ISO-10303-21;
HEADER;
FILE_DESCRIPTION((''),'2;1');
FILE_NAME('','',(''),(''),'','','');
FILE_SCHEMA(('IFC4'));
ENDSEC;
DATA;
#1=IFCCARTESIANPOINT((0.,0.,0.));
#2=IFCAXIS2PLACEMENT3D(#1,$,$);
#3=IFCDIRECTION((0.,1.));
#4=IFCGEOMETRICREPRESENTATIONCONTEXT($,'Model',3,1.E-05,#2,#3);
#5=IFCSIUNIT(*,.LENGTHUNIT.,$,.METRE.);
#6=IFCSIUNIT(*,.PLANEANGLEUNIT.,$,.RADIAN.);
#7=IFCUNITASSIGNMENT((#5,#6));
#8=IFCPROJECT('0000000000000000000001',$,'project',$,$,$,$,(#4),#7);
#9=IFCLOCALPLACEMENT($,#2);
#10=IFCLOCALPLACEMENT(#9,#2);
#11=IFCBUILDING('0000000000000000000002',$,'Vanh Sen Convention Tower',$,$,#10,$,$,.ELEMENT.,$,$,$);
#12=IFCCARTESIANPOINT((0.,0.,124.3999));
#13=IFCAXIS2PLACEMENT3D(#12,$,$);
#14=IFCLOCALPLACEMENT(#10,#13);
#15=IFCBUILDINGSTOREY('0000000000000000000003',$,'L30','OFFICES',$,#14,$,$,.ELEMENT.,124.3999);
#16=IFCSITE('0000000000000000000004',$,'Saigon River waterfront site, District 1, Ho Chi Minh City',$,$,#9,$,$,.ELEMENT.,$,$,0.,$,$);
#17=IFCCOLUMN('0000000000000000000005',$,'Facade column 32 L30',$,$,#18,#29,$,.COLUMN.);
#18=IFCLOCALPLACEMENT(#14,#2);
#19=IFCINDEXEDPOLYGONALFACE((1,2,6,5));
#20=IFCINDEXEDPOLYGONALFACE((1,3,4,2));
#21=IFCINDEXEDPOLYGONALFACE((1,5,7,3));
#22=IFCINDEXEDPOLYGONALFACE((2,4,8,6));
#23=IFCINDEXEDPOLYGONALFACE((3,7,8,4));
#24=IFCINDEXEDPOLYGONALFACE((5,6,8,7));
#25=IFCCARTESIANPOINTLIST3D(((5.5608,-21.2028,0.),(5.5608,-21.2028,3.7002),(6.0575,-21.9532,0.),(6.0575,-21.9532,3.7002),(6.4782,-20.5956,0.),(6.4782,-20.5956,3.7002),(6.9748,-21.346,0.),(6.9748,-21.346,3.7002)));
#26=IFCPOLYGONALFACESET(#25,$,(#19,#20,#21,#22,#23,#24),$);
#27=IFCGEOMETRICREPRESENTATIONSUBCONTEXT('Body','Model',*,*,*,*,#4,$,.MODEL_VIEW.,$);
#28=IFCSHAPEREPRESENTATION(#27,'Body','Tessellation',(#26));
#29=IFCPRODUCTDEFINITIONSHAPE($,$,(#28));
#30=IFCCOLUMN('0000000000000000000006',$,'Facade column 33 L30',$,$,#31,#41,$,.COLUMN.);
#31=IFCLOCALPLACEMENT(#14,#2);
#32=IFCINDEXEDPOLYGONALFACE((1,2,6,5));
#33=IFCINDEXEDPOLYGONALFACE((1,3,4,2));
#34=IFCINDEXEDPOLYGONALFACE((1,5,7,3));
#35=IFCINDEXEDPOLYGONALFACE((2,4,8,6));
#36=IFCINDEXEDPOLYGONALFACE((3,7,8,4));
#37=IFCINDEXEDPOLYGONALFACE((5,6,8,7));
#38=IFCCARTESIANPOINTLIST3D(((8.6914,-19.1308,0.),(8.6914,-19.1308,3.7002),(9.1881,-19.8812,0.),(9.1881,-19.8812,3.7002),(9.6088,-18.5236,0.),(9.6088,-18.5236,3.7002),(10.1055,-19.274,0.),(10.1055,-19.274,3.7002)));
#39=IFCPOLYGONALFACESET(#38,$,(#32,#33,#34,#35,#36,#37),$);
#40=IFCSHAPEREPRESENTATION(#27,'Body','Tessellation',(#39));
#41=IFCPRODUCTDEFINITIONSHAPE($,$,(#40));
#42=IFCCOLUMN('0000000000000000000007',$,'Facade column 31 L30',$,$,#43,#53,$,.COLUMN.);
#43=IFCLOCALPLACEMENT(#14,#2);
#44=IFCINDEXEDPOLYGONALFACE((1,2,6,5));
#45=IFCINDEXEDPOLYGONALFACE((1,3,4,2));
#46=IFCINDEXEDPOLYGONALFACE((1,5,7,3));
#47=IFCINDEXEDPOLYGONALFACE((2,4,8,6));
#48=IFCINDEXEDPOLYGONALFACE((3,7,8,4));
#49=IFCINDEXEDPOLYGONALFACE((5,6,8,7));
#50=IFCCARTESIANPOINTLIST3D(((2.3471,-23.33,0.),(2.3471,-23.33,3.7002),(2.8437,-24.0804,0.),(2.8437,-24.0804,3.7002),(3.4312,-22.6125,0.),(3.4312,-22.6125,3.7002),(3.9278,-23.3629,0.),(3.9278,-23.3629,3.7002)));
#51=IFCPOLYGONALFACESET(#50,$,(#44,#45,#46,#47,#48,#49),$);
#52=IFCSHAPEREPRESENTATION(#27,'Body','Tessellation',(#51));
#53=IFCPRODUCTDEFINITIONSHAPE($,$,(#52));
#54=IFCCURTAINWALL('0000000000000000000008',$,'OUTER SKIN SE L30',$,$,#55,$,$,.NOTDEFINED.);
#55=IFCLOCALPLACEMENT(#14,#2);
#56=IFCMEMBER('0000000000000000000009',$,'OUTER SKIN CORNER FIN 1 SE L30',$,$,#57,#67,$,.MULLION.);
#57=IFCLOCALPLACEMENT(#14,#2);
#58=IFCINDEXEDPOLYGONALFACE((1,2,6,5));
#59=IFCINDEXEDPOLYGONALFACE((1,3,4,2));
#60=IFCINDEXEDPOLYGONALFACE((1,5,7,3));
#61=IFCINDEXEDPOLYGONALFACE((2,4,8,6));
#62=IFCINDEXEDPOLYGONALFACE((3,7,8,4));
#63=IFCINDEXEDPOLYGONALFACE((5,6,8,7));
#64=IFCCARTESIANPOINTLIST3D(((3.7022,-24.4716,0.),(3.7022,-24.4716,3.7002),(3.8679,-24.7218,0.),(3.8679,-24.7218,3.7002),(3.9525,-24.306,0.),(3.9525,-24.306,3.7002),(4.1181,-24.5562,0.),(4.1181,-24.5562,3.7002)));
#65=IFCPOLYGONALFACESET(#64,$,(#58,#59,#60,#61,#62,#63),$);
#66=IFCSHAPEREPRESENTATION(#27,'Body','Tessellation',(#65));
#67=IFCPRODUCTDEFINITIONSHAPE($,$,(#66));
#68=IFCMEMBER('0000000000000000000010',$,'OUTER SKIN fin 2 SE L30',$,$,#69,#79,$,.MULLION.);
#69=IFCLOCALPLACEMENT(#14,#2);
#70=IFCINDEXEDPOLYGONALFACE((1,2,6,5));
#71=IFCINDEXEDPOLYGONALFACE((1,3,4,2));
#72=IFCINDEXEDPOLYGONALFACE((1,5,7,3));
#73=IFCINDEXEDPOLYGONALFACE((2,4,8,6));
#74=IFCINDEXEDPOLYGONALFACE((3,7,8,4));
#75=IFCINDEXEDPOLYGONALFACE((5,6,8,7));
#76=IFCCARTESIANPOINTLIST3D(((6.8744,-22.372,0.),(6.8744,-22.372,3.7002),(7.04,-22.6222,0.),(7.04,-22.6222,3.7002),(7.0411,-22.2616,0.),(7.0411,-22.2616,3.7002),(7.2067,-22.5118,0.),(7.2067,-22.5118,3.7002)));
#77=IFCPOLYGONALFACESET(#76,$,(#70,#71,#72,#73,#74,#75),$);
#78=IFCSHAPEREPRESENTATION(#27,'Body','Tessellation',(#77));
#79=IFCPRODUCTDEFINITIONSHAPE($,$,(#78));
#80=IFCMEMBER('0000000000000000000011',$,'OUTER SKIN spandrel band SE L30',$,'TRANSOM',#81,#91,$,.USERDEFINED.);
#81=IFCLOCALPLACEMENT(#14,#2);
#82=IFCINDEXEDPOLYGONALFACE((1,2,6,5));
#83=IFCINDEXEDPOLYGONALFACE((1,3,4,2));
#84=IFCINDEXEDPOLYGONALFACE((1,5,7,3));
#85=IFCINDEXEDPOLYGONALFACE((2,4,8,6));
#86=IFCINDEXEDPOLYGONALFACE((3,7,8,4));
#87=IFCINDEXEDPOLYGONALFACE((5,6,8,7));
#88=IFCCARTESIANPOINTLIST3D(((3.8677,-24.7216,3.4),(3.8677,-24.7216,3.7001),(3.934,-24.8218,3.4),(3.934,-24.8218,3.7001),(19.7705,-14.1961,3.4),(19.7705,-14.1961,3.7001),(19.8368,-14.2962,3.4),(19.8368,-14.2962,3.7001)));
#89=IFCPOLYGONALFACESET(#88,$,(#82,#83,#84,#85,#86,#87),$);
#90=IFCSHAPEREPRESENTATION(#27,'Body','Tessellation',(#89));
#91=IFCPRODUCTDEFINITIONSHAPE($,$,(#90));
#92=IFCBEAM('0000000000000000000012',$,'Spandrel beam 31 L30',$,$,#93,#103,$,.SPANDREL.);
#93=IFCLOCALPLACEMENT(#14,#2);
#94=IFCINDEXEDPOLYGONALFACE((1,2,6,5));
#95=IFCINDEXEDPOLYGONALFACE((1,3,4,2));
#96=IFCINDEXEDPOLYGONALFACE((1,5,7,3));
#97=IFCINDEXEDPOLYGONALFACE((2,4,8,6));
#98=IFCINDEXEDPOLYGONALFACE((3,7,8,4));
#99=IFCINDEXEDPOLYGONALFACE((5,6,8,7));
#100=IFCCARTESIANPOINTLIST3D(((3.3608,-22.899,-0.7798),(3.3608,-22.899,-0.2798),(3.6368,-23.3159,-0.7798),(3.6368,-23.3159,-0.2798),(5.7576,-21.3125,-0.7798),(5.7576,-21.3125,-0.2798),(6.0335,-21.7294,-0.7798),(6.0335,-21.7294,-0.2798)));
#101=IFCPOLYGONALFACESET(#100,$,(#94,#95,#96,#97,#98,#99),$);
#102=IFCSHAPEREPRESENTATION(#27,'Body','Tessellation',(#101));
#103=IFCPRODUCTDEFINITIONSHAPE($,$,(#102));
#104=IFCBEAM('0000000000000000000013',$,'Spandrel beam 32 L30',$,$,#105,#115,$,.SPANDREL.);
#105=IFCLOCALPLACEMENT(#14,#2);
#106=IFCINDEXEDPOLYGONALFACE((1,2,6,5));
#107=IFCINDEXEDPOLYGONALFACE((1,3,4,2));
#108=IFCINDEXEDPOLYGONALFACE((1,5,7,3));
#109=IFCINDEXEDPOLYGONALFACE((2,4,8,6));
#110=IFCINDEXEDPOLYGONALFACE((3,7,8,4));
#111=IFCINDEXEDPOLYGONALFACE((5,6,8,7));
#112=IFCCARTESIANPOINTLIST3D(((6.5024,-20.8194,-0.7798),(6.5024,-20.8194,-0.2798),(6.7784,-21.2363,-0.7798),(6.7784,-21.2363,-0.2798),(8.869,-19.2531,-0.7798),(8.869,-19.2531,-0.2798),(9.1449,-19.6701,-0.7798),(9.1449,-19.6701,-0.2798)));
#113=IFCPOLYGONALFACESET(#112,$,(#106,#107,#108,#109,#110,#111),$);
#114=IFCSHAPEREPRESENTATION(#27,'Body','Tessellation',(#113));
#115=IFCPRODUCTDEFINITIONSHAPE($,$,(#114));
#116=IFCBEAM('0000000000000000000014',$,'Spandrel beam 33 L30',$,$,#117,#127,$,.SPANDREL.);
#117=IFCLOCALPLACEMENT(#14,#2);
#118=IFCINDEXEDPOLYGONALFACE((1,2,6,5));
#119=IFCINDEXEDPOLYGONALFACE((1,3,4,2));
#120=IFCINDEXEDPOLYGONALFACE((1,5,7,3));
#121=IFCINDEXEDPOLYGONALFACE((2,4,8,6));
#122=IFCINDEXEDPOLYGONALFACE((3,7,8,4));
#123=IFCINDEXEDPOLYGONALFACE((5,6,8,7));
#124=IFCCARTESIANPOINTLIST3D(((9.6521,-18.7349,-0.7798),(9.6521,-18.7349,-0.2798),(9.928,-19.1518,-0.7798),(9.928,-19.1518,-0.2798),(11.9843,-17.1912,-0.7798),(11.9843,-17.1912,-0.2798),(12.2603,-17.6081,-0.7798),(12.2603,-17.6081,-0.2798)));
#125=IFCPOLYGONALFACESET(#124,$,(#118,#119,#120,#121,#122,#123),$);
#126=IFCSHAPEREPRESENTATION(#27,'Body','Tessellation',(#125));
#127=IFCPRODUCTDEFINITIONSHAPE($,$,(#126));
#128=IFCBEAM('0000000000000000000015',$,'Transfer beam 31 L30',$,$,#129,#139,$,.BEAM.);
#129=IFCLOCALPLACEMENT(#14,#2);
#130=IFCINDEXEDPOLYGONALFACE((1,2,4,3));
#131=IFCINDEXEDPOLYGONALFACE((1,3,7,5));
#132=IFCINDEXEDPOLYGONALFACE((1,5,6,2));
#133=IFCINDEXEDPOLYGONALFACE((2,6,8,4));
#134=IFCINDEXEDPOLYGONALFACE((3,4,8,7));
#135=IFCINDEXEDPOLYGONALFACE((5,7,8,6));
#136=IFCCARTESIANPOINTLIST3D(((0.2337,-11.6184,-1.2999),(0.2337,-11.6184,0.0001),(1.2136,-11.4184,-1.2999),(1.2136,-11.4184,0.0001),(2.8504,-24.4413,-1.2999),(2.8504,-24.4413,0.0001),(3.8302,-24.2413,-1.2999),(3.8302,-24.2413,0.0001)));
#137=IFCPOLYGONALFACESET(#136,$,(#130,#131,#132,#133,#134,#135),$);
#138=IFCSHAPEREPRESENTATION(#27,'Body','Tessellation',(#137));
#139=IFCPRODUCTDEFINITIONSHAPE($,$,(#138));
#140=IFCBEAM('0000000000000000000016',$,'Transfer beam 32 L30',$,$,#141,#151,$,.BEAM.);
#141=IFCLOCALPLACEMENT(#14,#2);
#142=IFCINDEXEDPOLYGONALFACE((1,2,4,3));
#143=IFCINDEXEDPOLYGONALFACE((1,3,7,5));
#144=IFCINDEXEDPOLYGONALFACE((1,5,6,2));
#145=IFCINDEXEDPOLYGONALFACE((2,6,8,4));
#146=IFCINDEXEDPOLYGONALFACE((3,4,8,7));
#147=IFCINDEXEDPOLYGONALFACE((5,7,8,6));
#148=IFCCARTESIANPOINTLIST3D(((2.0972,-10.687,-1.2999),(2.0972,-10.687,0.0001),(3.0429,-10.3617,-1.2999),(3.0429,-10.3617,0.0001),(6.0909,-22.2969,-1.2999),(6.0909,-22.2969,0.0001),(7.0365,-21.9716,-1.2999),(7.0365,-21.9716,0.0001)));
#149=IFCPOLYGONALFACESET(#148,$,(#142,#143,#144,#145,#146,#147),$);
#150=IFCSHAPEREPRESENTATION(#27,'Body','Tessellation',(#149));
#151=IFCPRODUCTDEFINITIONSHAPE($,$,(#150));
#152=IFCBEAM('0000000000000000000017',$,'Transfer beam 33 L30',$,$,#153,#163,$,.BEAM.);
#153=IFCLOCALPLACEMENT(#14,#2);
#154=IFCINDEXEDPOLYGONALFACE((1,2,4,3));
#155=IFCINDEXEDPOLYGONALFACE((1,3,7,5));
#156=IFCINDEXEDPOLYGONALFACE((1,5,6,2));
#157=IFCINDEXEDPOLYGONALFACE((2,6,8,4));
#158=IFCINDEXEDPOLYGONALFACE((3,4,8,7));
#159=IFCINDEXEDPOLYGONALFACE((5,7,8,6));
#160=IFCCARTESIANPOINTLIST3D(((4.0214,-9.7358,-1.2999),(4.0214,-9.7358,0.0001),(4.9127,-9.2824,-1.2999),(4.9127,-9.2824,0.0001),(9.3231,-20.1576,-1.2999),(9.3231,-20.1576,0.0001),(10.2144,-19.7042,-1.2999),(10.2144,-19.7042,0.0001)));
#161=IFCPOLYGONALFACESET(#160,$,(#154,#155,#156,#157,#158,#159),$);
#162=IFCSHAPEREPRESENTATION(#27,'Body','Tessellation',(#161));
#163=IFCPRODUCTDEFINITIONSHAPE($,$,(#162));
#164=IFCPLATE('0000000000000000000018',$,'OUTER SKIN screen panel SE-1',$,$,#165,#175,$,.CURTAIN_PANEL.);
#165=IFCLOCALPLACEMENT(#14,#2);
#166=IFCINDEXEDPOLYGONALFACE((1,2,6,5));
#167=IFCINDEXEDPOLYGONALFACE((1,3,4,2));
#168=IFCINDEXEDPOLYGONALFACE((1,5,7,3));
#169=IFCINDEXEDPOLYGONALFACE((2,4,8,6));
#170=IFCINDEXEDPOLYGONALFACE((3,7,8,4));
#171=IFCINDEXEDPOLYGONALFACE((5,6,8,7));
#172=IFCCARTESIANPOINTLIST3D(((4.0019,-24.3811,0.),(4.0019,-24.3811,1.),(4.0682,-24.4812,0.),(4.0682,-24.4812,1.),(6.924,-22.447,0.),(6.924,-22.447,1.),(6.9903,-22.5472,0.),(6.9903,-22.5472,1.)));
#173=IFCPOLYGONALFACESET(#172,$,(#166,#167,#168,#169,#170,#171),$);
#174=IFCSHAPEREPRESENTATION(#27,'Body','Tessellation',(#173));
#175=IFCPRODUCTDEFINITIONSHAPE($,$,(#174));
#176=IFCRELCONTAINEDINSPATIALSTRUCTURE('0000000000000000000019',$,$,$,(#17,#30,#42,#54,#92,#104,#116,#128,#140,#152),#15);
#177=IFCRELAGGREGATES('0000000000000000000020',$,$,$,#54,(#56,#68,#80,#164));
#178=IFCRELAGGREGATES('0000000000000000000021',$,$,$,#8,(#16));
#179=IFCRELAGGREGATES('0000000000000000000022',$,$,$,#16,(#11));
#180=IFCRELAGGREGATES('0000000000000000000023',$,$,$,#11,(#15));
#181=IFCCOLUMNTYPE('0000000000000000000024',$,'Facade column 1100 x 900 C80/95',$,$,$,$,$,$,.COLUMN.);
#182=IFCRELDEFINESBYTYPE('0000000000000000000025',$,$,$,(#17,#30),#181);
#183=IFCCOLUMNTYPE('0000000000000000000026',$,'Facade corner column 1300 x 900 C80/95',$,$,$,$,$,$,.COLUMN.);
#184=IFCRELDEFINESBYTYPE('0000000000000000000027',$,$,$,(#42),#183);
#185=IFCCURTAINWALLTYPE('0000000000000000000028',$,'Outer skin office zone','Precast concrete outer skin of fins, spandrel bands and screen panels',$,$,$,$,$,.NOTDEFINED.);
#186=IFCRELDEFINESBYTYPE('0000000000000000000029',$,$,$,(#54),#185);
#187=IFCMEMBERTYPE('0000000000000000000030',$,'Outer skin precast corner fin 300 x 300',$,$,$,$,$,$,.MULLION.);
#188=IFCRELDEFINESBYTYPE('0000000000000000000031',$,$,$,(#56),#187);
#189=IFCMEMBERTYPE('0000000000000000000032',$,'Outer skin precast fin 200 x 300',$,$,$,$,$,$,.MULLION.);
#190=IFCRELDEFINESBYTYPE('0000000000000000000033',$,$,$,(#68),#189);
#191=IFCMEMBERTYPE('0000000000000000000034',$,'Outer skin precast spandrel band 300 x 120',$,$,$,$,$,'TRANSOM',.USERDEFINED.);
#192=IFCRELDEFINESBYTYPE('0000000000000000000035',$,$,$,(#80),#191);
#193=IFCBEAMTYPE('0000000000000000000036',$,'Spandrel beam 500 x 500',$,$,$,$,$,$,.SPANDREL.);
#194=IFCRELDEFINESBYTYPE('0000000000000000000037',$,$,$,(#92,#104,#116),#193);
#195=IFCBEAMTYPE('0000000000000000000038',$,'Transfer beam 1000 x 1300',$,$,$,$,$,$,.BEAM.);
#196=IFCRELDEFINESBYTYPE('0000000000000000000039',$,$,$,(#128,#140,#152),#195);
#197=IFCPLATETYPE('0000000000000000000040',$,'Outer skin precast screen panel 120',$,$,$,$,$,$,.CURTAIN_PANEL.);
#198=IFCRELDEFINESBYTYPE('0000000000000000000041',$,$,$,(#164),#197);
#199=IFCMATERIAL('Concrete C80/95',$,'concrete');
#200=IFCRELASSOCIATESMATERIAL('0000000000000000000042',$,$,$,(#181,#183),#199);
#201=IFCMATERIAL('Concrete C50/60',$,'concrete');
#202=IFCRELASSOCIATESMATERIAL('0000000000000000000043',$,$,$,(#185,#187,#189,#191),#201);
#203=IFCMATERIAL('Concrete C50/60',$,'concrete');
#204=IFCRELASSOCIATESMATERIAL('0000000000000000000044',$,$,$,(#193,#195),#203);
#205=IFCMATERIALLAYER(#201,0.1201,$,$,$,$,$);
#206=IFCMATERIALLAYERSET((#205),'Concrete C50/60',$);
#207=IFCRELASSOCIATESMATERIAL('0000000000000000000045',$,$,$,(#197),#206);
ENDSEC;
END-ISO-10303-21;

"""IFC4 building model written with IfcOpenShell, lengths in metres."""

from ifc_helpers import new_model, si_unit, direction, frame, origin, origin_2d, place, context, subcontext, project, spatial, rectangle, extrude, material, layer, layer_set, material_profile, profile_set, type_object, element, aggregate, save


model = new_model("IFC4")

# Units and contexts
model_context = context("Model", 3, precision=1e-05, world=origin(), true_north=direction((0.0, 1.0)))
body_context = subcontext(model_context, "Body", "Model", "MODEL_VIEW")
ifc_project = project(units=[si_unit("LENGTHUNIT", "METRE"), si_unit("PLANEANGLEUNIT", "RADIAN")], contexts=[model_context])

# Site, building, storey
site_placement = place(None, origin())
site = spatial("IfcSite", under=ifc_project, at=site_placement, Name="Saigon River waterfront site, District 1, Ho Chi Minh City", CompositionType="ELEMENT", RefElevation=0.0)
building_placement = place(site_placement, origin())
building = spatial("IfcBuilding", under=site, at=building_placement, Name="Vanh Sen Convention Tower", CompositionType="ELEMENT")
storey_placement = place(building_placement, frame((0.0, 0.0, 124.3999)))
storey = spatial("IfcBuildingStorey", under=building, at=storey_placement, Name="L30", Description="OFFICES", CompositionType="ELEMENT", Elevation=124.3999)

# Columns
ifc_material_1 = material(Name="Concrete C80/95", Category="concrete")
ifc_material_profile_1 = material_profile(ifc_material_1, rectangle(XDim=1.1001, YDim=0.8999, at=origin_2d()), Name="RC 1100X900")
ifc_profile_set_1 = profile_set([ifc_material_profile_1], Name="Concrete C80/95")
column_type_1 = type_object("IfcColumnType", Name="Facade column 1100 x 900 C80/95", PredefinedType="COLUMN", material=ifc_profile_set_1)
for number, where, z_axis, x_axis, name in (
    (1, (6.2678, -21.2744, 0.0), (0.0, 0.0, 1.0), (0.833886, 0.551937, 0.0), "Facade column 32 L30"),
    (2, (9.3984, -19.2024, 0.0), (0.0, 0.0, 1.0), (0.833886, 0.551937, 0.0), "Facade column 33 L30"),
):
    element("IfcColumn", number, at=place(storey_placement, frame(where, z_axis=z_axis, x_axis=x_axis)), inside=storey, type_object=column_type_1, Name=name, PredefinedType="COLUMN", context=body_context, shape_type="SweptSolid", body=[
        extrude(rectangle(XDim=1.1001, YDim=0.8999, at=origin_2d()), origin(), (0.0, 0.0, 1.0), 3.7002),
    ])
ifc_material_profile_2 = material_profile(ifc_material_1, rectangle(XDim=1.3, YDim=0.8999, at=origin_2d()), Name="RC 1300X900")
ifc_profile_set_2 = profile_set([ifc_material_profile_2], Name="Concrete C80/95")
column_type_2 = type_object("IfcColumnType", Name="Facade corner column 1300 x 900 C80/95", PredefinedType="COLUMN", material=ifc_profile_set_2)
column_placement = place(storey_placement, frame((3.1375, -23.3464, 0.0), z_axis=(0.0, 0.0, 1.0), x_axis=(0.833886, 0.551937, 0.0)))
element("IfcColumn", 3, at=column_placement, inside=storey, type_object=column_type_2, Name="Facade column 31 L30", PredefinedType="COLUMN", context=body_context, shape_type="SweptSolid", body=[
    extrude(rectangle(XDim=1.3, YDim=0.8999, at=origin_2d()), origin(), (0.0, 0.0, 1.0), 3.7002),
])

# Curtain wall, members
ifc_material_2 = material(Name="Concrete C50/60", Category="concrete")
curtain_wall_type = type_object("IfcCurtainWallType", Name="Outer skin office zone", Description="Precast concrete outer skin of fins, spandrel bands and screen panels", PredefinedType="NOTDEFINED", material=ifc_material_2)
curtain_wall_placement = place(storey_placement, origin())
curtain_wall = element("IfcCurtainWall", 4, at=curtain_wall_placement, inside=storey, type_object=curtain_wall_type, Name="OUTER SKIN SE L30", PredefinedType="NOTDEFINED")
ifc_material_profile_3 = material_profile(ifc_material_2, rectangle(XDim=0.3, YDim=0.3, at=origin_2d()), Name="Outer skin precast corner fin 300 x 300")
ifc_profile_set_3 = profile_set([ifc_material_profile_3], Name="Concrete C50/60")
member_type_1 = type_object("IfcMemberType", Name="Outer skin precast corner fin 300 x 300", PredefinedType="MULLION", material=ifc_profile_set_3)
member_1_placement = place(storey_placement, frame((3.9102, -24.5139, 0.0), z_axis=(0.0, 0.0, 1.0), x_axis=(0.833886, 0.551937, 0.0)))
member_1 = element("IfcMember", 5, at=member_1_placement, type_object=member_type_1, Name="OUTER SKIN CORNER FIN 1 SE L30", PredefinedType="MULLION", context=body_context, shape_type="SweptSolid", body=[
    extrude(rectangle(XDim=0.3, YDim=0.3, at=origin_2d()), origin(), (0.0, 0.0, 1.0), 3.7002),
])
ifc_material_profile_4 = material_profile(ifc_material_2, rectangle(XDim=0.2, YDim=0.3, at=origin_2d()), Name="Outer skin precast fin 200 x 300")
ifc_profile_set_4 = profile_set([ifc_material_profile_4], Name="Concrete C50/60")
member_type_2 = type_object("IfcMemberType", Name="Outer skin precast fin 200 x 300", PredefinedType="MULLION", material=ifc_profile_set_4)
member_2_placement = place(storey_placement, frame((7.0405, -22.4419, 0.0), z_axis=(0.0, 0.0, 1.0), x_axis=(0.833886, 0.551937, 0.0)))
member_2 = element("IfcMember", 6, at=member_2_placement, type_object=member_type_2, Name="OUTER SKIN fin 2 SE L30", PredefinedType="MULLION", context=body_context, shape_type="SweptSolid", body=[
    extrude(rectangle(XDim=0.2, YDim=0.3, at=origin_2d()), origin(), (0.0, 0.0, 1.0), 3.7002),
])
ifc_material_profile_5 = material_profile(ifc_material_2, rectangle(XDim=0.1201, YDim=0.3, at=origin_2d()), Name="Outer skin precast spandrel band 300 x 120")
ifc_profile_set_5 = profile_set([ifc_material_profile_5], Name="Concrete C50/60")
member_type_3 = type_object("IfcMemberType", Name="Outer skin precast spandrel band 300 x 120", ElementType="TRANSOM", PredefinedType="USERDEFINED", material=ifc_profile_set_5)
member_3_placement = place(storey_placement, frame((3.9009, -24.7717, 3.55), z_axis=(0.833891, 0.551929, 0.0), x_axis=(-0.551929, 0.833891, 0.0)))
member_3 = element("IfcMember", 7, at=member_3_placement, type_object=member_type_3, Name="OUTER SKIN spandrel band SE L30", ObjectType="TRANSOM", PredefinedType="USERDEFINED", context=body_context, shape_type="SweptSolid", body=[
    extrude(rectangle(XDim=0.1201, YDim=0.3, at=origin_2d()), origin(), (0.0, 0.0, 1.0), 19.0706),
])

# Beams
ifc_material_3 = material(Name="Concrete C50/60", Category="concrete")
ifc_material_profile_6 = material_profile(ifc_material_3, rectangle(XDim=0.5, YDim=0.5, at=origin_2d()), Name="RC 500X500")
ifc_profile_set_6 = profile_set([ifc_material_profile_6], Name="Concrete C50/60")
beam_type_1 = type_object("IfcBeamType", Name="Spandrel beam 500 x 500", PredefinedType="SPANDREL", material=ifc_profile_set_6)
beam_1_placement = place(storey_placement, frame((3.4988, -23.1074, -0.5298), z_axis=(0.833875, 0.551953, 0.0), x_axis=(-0.551953, 0.833875, 0.0)))
element("IfcBeam", 8, at=beam_1_placement, inside=storey, type_object=beam_type_1, Name="Spandrel beam 31 L30", PredefinedType="SPANDREL", context=body_context, shape_type="SweptSolid", body=[
    extrude(rectangle(XDim=0.5, YDim=0.5, at=origin_2d()), origin(), (0.0, 0.0, 1.0), 2.8743),
])
beam_2_placement = place(storey_placement, frame((6.6404, -21.0278, -0.5298), z_axis=(0.833912, 0.551898, 0.0), x_axis=(-0.551898, 0.833912, 0.0)))
element("IfcBeam", 9, at=beam_2_placement, inside=storey, type_object=beam_type_1, Name="Spandrel beam 32 L30", PredefinedType="SPANDREL", context=body_context, shape_type="SweptSolid", body=[
    extrude(rectangle(XDim=0.5, YDim=0.5, at=origin_2d()), origin(), (0.0, 0.0, 1.0), 2.8379),
])
beam_3_placement = place(storey_placement, frame((9.79, -18.9434, -0.5298), z_axis=(0.833886, 0.551937, 0.0), x_axis=(-0.551937, 0.833886, 0.0)))
element("IfcBeam", 10, at=beam_3_placement, inside=storey, type_object=beam_type_1, Name="Spandrel beam 33 L30", PredefinedType="SPANDREL", context=body_context, shape_type="SweptSolid", body=[
    extrude(rectangle(XDim=0.5, YDim=0.5, at=origin_2d()), origin(), (0.0, 0.0, 1.0), 2.7969),
])
ifc_material_profile_7 = material_profile(ifc_material_3, rectangle(XDim=1.0, YDim=1.3, at=origin_2d()), Name="RC 1000X1300")
ifc_profile_set_7 = profile_set([ifc_material_profile_7], Name="Concrete C50/60")
beam_type_2 = type_object("IfcBeamType", Name="Transfer beam 1000 x 1300", PredefinedType="BEAM", material=ifc_profile_set_7)
beam_4_placement = place(storey_placement, frame((3.3403, -24.3413, -0.6499), z_axis=(-0.199942, 0.979808, 0.0), x_axis=(-0.979808, -0.199942, 0.0)))
element("IfcBeam", 11, at=beam_4_placement, inside=storey, type_object=beam_type_2, Name="Transfer beam 31 L30", PredefinedType="BEAM", context=body_context, shape_type="SweptSolid", body=[
    extrude(rectangle(XDim=1.0, YDim=1.3, at=origin_2d()), origin(), (0.0, 0.0, 1.0), 13.0872),
])
beam_5_placement = place(storey_placement, frame((6.5637, -22.1343, -0.6499), z_axis=(-0.325281, 0.945617, 0.0), x_axis=(-0.945617, -0.325281, 0.0)))
element("IfcBeam", 12, at=beam_5_placement, inside=storey, type_object=beam_type_2, Name="Transfer beam 32 L30", PredefinedType="BEAM", context=body_context, shape_type="SweptSolid", body=[
    extrude(rectangle(XDim=1.0, YDim=1.3, at=origin_2d()), origin(), (0.0, 0.0, 1.0), 12.2776),
])
beam_6_placement = place(storey_placement, frame((9.7688, -19.9309, -0.6499), z_axis=(-0.453417, 0.891299, 0.0), x_axis=(-0.891299, -0.453417, 0.0)))
element("IfcBeam", 13, at=beam_6_placement, inside=storey, type_object=beam_type_2, Name="Transfer beam 33 L30", PredefinedType="BEAM", context=body_context, shape_type="SweptSolid", body=[
    extrude(rectangle(XDim=1.0, YDim=1.3, at=origin_2d()), origin(), (0.0, 0.0, 1.0), 11.6929),
])

# Plate
ifc_layer_1 = layer(ifc_material_2, 0.1201)
ifc_layer_set_1 = layer_set([ifc_layer_1], Name="Concrete C50/60")
plate_type = type_object("IfcPlateType", Name="Outer skin precast screen panel 120", PredefinedType="CURTAIN_PANEL", material=ifc_layer_set_1)
plate_1_placement = place(storey_placement, frame((5.4961, -23.4641, 0.0), z_axis=(0.0, 0.0, 1.0), x_axis=(0.83389, 0.551931, 0.0)))
plate_1 = element("IfcPlate", 14, at=plate_1_placement, type_object=plate_type, Name="OUTER SKIN screen panel SE-1", PredefinedType="CURTAIN_PANEL", context=body_context, shape_type="SweptSolid", body=[
    extrude(rectangle(XDim=3.5042, YDim=0.1201, at=origin_2d()), origin(), (0.0, 0.0, 1.0), 1.0),
])
aggregate(curtain_wall, [member_1, member_2, member_3, plate_1])

save(model, "model.ifc")
